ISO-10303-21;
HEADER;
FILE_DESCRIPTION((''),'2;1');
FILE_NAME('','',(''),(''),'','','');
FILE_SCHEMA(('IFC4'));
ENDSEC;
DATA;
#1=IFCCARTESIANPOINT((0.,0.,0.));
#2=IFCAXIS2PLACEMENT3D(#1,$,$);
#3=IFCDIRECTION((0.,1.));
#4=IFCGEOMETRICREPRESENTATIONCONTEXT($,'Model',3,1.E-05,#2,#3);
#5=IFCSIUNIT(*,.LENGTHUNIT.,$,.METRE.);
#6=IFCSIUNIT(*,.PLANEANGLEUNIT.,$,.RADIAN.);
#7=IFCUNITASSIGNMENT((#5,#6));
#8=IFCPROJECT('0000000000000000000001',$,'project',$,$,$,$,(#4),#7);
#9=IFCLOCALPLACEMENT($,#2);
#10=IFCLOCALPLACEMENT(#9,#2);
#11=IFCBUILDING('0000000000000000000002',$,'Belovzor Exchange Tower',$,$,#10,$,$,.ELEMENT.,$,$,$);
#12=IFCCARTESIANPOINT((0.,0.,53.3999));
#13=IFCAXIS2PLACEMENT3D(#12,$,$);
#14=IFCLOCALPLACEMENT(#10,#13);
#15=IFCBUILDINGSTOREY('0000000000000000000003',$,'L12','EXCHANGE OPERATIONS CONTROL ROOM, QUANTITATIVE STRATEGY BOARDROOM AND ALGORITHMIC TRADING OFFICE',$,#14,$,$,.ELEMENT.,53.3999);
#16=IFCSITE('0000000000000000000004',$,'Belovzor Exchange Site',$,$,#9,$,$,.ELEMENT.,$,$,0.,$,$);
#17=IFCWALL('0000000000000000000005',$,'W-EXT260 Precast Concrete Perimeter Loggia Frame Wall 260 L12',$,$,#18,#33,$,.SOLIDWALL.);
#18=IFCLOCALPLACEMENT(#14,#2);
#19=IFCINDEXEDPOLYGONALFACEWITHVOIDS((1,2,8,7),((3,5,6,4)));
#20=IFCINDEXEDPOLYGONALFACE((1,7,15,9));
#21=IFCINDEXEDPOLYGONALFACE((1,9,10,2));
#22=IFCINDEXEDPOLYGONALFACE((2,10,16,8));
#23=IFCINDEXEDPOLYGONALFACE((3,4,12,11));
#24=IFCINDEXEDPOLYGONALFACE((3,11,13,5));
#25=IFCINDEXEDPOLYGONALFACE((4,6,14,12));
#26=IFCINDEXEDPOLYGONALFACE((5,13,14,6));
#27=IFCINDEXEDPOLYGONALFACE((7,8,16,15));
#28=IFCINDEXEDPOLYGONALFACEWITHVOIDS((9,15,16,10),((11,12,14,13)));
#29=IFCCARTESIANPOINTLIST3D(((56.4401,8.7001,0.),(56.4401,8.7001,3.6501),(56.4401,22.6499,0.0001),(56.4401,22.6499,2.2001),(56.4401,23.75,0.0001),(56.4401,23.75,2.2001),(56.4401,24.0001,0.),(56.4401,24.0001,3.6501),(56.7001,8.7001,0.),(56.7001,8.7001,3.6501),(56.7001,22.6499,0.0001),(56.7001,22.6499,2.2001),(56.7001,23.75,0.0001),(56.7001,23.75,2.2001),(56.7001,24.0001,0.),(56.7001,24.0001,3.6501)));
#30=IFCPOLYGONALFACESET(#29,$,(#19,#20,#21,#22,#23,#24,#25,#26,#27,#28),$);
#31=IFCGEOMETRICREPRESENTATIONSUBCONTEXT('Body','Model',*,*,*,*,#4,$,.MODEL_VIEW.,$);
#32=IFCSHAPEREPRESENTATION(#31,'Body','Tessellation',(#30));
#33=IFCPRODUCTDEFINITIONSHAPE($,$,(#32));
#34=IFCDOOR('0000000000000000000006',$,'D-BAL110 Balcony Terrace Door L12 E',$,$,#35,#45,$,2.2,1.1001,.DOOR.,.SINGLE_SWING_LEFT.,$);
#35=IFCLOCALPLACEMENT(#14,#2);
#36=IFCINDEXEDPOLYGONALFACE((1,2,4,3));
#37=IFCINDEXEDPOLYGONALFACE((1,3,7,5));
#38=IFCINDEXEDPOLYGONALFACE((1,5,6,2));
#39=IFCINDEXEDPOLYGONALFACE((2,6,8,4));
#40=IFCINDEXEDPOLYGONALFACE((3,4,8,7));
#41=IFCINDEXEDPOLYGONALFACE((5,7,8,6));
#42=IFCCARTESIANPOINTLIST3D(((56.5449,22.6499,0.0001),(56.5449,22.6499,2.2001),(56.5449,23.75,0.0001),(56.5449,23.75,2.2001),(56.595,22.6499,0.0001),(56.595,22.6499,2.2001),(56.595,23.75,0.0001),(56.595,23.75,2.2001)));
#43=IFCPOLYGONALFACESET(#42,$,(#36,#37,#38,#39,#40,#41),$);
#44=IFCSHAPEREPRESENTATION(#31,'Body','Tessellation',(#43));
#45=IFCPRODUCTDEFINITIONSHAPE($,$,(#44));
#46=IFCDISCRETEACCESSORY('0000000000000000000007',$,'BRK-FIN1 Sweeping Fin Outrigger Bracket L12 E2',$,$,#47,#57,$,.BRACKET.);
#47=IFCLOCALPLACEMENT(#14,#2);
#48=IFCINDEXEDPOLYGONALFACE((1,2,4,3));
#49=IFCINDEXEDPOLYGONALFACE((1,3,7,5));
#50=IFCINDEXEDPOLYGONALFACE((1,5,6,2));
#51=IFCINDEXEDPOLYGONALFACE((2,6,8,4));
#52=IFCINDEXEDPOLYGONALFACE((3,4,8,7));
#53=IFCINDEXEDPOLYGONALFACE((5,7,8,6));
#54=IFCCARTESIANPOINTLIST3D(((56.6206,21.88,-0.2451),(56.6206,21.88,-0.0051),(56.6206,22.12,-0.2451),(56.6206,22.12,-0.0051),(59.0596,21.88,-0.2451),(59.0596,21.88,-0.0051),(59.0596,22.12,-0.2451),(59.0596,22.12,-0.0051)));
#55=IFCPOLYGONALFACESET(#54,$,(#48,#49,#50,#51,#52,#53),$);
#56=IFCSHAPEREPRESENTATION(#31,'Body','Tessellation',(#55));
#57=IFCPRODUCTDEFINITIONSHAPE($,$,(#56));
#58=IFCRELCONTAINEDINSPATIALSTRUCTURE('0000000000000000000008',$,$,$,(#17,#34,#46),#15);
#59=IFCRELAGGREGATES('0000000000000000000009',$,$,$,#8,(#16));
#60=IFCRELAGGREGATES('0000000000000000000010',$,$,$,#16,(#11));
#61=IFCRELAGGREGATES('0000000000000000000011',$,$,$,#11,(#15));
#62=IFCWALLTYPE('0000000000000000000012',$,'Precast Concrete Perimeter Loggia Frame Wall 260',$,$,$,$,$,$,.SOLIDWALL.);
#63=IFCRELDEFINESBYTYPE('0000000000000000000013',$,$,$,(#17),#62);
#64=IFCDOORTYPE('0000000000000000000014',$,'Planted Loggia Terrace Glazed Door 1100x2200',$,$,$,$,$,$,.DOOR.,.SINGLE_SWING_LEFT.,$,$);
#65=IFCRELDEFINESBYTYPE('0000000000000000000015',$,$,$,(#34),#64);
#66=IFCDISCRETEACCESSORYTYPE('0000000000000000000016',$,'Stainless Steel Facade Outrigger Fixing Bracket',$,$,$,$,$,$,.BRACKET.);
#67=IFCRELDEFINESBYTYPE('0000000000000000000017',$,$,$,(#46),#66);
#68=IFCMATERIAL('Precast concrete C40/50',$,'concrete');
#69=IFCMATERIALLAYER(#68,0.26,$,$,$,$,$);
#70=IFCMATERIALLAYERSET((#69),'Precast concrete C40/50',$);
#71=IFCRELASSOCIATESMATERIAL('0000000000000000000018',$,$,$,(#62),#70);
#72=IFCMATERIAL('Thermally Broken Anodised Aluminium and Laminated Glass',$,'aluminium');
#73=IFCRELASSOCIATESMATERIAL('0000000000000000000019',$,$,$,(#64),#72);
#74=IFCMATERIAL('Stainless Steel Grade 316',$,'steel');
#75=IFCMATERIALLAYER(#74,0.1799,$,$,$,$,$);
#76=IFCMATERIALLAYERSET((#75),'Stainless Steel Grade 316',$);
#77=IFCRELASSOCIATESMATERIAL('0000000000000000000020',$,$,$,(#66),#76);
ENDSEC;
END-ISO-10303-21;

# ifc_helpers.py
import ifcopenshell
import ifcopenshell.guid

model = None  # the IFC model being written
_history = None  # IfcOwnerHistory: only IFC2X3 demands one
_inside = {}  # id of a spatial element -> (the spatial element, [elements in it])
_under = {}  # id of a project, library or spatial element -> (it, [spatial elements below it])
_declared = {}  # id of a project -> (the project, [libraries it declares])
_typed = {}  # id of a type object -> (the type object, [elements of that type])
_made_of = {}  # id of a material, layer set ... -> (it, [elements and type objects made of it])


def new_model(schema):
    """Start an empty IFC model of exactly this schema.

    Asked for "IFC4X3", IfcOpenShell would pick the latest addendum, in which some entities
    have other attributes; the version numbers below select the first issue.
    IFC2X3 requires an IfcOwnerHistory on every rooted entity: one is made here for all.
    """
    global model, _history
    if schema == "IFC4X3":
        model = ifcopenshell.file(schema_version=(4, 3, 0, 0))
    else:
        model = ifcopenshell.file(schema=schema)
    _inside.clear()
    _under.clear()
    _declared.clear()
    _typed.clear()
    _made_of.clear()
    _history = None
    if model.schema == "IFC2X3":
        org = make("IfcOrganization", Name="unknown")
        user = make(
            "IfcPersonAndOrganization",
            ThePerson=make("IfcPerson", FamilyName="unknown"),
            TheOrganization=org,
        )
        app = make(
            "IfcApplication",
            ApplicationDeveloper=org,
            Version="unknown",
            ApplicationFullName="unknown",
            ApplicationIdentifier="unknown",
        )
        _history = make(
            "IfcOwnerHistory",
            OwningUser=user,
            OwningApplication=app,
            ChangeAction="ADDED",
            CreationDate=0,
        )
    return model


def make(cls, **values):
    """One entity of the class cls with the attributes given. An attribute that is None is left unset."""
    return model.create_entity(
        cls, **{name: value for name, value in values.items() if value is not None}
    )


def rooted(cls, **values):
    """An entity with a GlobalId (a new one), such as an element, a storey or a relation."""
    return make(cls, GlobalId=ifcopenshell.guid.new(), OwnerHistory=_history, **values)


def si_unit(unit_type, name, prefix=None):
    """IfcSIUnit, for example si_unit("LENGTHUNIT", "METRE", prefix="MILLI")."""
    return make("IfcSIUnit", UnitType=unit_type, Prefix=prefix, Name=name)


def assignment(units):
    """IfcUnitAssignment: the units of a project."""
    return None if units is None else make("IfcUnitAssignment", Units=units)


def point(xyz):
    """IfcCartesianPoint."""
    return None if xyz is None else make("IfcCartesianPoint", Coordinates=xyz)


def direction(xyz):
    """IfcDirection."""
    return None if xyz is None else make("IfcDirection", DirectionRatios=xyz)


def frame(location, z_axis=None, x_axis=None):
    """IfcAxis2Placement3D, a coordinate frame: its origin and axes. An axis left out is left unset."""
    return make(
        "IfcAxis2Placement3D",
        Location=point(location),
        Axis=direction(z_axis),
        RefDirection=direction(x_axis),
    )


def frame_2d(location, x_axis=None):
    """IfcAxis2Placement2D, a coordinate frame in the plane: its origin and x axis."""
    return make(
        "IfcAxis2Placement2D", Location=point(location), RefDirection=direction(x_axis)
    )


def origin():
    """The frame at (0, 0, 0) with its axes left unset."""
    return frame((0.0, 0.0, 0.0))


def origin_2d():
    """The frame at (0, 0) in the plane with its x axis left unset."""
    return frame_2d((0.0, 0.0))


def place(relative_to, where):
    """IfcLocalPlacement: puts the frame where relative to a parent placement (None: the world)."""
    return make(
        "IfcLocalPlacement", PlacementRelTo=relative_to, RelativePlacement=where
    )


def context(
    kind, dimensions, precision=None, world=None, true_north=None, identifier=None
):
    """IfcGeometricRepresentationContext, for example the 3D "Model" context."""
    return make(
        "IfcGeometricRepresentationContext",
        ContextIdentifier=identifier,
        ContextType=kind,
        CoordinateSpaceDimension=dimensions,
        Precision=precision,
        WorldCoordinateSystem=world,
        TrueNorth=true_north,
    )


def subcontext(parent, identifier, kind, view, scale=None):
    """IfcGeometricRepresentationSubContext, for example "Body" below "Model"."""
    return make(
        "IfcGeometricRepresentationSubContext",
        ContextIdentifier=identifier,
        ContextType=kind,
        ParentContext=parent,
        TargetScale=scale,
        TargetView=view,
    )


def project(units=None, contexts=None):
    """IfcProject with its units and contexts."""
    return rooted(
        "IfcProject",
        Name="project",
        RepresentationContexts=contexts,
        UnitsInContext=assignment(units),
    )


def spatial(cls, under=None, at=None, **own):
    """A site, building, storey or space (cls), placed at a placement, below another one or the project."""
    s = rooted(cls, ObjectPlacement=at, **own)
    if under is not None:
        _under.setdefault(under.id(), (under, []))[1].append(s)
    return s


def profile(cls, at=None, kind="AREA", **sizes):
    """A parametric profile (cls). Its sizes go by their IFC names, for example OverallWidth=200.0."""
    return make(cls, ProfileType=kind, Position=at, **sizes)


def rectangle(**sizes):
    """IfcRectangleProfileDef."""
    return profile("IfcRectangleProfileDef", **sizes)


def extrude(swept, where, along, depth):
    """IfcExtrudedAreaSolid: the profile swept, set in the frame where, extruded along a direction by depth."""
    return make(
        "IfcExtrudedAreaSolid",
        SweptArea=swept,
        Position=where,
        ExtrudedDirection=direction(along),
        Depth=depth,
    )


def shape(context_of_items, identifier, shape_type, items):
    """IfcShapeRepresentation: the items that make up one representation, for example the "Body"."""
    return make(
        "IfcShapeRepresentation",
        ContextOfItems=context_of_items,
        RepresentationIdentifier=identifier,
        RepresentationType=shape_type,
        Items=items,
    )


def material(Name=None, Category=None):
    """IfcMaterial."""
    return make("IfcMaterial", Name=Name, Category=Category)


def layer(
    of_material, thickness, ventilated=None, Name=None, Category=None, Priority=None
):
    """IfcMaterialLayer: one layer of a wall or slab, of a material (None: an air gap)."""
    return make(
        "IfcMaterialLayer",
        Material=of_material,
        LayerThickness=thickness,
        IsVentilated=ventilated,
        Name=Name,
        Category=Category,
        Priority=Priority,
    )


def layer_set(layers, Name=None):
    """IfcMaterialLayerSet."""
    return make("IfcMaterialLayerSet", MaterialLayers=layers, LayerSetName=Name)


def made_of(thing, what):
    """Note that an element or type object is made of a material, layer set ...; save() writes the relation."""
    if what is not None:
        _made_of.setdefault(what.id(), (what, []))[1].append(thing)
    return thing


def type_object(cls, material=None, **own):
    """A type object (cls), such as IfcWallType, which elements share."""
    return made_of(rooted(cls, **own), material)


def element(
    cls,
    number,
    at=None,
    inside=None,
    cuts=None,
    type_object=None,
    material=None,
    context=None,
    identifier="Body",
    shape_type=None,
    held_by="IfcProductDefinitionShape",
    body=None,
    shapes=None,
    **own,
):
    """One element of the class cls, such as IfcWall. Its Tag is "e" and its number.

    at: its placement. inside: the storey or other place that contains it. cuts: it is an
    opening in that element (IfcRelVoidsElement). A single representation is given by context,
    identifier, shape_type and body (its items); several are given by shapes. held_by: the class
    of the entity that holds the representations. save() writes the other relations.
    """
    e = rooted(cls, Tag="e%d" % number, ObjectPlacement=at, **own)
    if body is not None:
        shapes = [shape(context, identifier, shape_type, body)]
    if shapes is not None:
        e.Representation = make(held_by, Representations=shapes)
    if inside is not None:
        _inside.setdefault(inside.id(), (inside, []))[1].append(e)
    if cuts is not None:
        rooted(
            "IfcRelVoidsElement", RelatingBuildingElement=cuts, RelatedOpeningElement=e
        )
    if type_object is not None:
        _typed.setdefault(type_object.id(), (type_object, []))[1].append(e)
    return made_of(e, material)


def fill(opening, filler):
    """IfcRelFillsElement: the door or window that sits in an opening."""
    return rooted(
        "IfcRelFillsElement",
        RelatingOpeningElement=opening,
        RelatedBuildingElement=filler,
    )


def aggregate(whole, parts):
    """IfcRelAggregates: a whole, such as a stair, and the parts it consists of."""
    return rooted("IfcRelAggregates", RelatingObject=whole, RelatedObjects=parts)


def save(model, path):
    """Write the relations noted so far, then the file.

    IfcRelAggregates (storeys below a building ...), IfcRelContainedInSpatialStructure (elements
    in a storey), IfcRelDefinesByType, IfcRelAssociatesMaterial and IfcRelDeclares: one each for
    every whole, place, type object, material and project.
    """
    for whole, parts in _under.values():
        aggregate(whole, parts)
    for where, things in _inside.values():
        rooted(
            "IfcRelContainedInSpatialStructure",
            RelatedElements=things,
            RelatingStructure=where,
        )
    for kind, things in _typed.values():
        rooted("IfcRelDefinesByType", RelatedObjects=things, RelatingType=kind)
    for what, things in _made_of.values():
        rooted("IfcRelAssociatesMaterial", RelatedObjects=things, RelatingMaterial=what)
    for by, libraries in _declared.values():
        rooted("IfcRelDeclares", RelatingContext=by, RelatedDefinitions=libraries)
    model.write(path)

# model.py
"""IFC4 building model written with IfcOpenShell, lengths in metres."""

from ifc_helpers import new_model, si_unit, direction, frame, frame_2d, origin, origin_2d, place, context, subcontext, project, spatial, rectangle, extrude, material, layer, layer_set, type_object, element, fill, save


model = new_model("IFC4")

# Units and contexts
model_context = context("Model", 3, precision=1e-05, world=origin(), true_north=direction((0.0, 1.0)))
body_context = subcontext(model_context, "Body", "Model", "MODEL_VIEW")
ifc_project = project(units=[si_unit("LENGTHUNIT", "METRE"), si_unit("PLANEANGLEUNIT", "RADIAN")], contexts=[model_context])

# Site, building, storey
site_placement = place(None, origin())
site = spatial("IfcSite", under=ifc_project, at=site_placement, Name="Belovzor Exchange Site", CompositionType="ELEMENT", RefElevation=0.0)
building_placement = place(site_placement, origin())
building = spatial("IfcBuilding", under=site, at=building_placement, Name="Belovzor Exchange Tower", CompositionType="ELEMENT")
storey_placement = place(building_placement, frame((0.0, 0.0, 53.3999)))
storey = spatial("IfcBuildingStorey", under=building, at=storey_placement, Name="L12", Description="EXCHANGE OPERATIONS CONTROL ROOM, QUANTITATIVE STRATEGY BOARDROOM AND ALGORITHMIC TRADING OFFICE", CompositionType="ELEMENT", Elevation=53.3999)

# Wall, opening, door
ifc_material_1 = material(Name="Precast concrete C40/50", Category="concrete")
ifc_layer_1 = layer(ifc_material_1, 0.26)
ifc_layer_set_1 = layer_set([ifc_layer_1], Name="Precast concrete C40/50")
wall_type_1 = type_object("IfcWallType", Name="Precast Concrete Perimeter Loggia Frame Wall 260", PredefinedType="SOLIDWALL", material=ifc_layer_set_1)
wall_1_placement = place(storey_placement, frame((56.5701, 24.0, 0.0), z_axis=(0.0, 0.0, 1.0), x_axis=(0.0, -1.0, 0.0)))
wall_1 = element("IfcWall", 1, at=wall_1_placement, inside=storey, type_object=wall_type_1, Name="W-EXT260 Precast Concrete Perimeter Loggia Frame Wall 260 L12", PredefinedType="SOLIDWALL", context=body_context, shape_type="SweptSolid", body=[
    extrude(rectangle(XDim=15.3, YDim=0.26, at=frame_2d((7.6499, 0.0))), origin(), (0.0, 0.0, 1.0), 3.6501),
])
opening_1_placement = place(wall_1_placement, frame((0.25, 0.0, 0.0)))
opening_1 = element("IfcOpeningElement", 2, at=opening_1_placement, cuts=wall_1, PredefinedType="OPENING", context=body_context, shape_type="SweptSolid", body=[
    extrude(rectangle(XDim=1.1001, YDim=2.2, at=frame_2d((0.55, 1.1001))), frame((0.0, 0.1399, 0.0), z_axis=(0.0, -1.0, 0.0), x_axis=(1.0, 0.0, 0.0)), (0.0, 0.0, 1.0), 0.28),
])
ifc_material_2 = material(Name="Thermally Broken Anodised Aluminium and Laminated Glass", Category="aluminium")
door_type_1 = type_object("IfcDoorType", Name="Planted Loggia Terrace Glazed Door 1100x2200", OperationType="SINGLE_SWING_LEFT", PredefinedType="DOOR", material=ifc_material_2)
door_1_placement = place(opening_1_placement, origin())
door_1 = element("IfcDoor", 3, at=door_1_placement, inside=storey, type_object=door_type_1, Name="D-BAL110 Balcony Terrace Door L12 E", OperationType="SINGLE_SWING_LEFT", OverallHeight=2.2, OverallWidth=1.1001, PredefinedType="DOOR", context=body_context, shape_type="SweptSolid", body=[
    extrude(rectangle(XDim=1.1001, YDim=2.2, at=frame_2d((0.55, 1.1001))), frame((0.0, 0.0249, 0.0), z_axis=(0.0, -1.0, 0.0), x_axis=(1.0, 0.0, 0.0)), (0.0, 0.0, 1.0), 0.05),
])
fill(opening_1, door_1)

# Discrete accessory
ifc_material_3 = material(Name="Stainless Steel Grade 316", Category="steel")
ifc_layer_2 = layer(ifc_material_3, 0.1799)
ifc_layer_set_2 = layer_set([ifc_layer_2], Name="Stainless Steel Grade 316")
discrete_accessory_type = type_object("IfcDiscreteAccessoryType", Name="Stainless Steel Facade Outrigger Fixing Bracket", PredefinedType="BRACKET", material=ifc_layer_set_2)
discrete_accessory_placement = place(storey_placement, frame((57.8401, 22.0, -0.2451), z_axis=(0.0, 0.0, 1.0), x_axis=(1.0, 0.0, 0.0)))
element("IfcDiscreteAccessory", 4, at=discrete_accessory_placement, inside=storey, type_object=discrete_accessory_type, Name="BRK-FIN1 Sweeping Fin Outrigger Bracket L12 E2", PredefinedType="BRACKET", context=body_context, shape_type="SweptSolid", body=[
    extrude(rectangle(XDim=2.439, YDim=0.24, at=origin_2d()), origin(), (0.0, 0.0, 1.0), 0.24),
])

save(model, "model.ifc")
